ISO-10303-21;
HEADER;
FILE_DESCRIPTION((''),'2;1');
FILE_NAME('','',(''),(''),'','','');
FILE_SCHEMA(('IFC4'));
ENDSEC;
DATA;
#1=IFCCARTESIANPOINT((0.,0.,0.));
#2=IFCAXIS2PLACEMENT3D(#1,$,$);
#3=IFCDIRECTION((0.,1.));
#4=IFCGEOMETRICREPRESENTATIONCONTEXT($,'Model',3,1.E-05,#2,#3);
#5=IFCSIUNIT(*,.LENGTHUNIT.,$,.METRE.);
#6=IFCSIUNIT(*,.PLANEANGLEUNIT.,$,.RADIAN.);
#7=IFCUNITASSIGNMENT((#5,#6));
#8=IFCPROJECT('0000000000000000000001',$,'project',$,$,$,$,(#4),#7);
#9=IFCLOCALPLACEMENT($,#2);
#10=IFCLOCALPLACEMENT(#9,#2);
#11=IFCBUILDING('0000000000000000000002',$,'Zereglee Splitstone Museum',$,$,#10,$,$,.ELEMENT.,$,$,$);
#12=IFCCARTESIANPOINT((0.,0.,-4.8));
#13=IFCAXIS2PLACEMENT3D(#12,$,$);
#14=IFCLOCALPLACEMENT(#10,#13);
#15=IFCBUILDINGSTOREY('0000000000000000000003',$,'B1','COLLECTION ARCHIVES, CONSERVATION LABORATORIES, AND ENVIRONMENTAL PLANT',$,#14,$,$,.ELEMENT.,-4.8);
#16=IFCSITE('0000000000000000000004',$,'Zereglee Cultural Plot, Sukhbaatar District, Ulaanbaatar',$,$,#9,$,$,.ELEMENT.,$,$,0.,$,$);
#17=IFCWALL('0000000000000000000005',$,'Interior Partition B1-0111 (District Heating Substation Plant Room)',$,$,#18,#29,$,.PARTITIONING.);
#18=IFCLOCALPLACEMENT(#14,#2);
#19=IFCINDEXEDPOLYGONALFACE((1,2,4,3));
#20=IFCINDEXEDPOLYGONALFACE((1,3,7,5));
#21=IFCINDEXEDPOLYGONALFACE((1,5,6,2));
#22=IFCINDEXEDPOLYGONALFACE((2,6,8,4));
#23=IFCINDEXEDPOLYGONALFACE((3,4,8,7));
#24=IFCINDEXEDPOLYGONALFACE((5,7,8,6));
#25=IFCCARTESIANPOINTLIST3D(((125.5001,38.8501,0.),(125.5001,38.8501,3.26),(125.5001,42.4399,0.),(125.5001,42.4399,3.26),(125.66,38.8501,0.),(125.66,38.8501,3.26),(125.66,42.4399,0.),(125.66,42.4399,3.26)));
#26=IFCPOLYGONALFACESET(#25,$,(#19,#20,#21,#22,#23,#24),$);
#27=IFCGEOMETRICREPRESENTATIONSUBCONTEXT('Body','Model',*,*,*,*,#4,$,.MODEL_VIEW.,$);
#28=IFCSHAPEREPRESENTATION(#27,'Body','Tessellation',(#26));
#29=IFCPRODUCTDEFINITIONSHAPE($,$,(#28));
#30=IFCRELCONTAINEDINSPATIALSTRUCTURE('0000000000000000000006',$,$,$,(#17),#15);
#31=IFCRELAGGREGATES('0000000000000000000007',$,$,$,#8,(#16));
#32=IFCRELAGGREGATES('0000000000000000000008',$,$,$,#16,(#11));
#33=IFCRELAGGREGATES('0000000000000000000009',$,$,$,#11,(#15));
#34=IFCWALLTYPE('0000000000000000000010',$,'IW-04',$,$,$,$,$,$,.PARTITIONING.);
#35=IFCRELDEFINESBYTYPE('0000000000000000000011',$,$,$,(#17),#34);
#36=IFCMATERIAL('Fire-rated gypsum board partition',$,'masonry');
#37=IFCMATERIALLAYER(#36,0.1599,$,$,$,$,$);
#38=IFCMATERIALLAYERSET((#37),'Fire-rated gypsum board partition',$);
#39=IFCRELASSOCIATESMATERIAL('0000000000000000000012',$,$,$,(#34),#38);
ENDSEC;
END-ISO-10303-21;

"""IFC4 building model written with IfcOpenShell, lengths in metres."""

from ifc_helpers import new_model, si_unit, direction, frame, frame_2d, origin, place, context, subcontext, project, spatial, rectangle, extrude, material, layer, layer_set, type_object, element, save


model = new_model("IFC4")

# Units and contexts
model_context = context("Model", 3, precision=1e-05, world=origin(), true_north=direction((0.0, 1.0)))
body_context = subcontext(model_context, "Body", "Model", "MODEL_VIEW")
ifc_project = project(units=[si_unit("LENGTHUNIT", "METRE"), si_unit("PLANEANGLEUNIT", "RADIAN")], contexts=[model_context])

# Site, building, storey
site_placement = place(None, origin())
site = spatial("IfcSite", under=ifc_project, at=site_placement, Name="Zereglee Cultural Plot, Sukhbaatar District, Ulaanbaatar", CompositionType="ELEMENT", RefElevation=0.0)
building_placement = place(site_placement, origin())
building = spatial("IfcBuilding", under=site, at=building_placement, Name="Zereglee Splitstone Museum", CompositionType="ELEMENT")
storey_placement = place(building_placement, frame((0.0, 0.0, -4.8)))
storey = spatial("IfcBuildingStorey", under=building, at=storey_placement, Name="B1", Description="COLLECTION ARCHIVES, CONSERVATION LABORATORIES, AND ENVIRONMENTAL PLANT", CompositionType="ELEMENT", Elevation=-4.8)

# Wall
ifc_material_1 = material(Name="Fire-rated gypsum board partition", Category="masonry")
ifc_layer_1 = layer(ifc_material_1, 0.1599)
ifc_layer_set_1 = layer_set([ifc_layer_1], Name="Fire-rated gypsum board partition")
wall_type_1 = type_object("IfcWallType", Name="IW-04", PredefinedType="PARTITIONING", material=ifc_layer_set_1)
wall_1_placement = place(storey_placement, frame((125.5801, 38.8501, 0.0), z_axis=(0.0, 0.0, 1.0), x_axis=(0.0, 1.0, 0.0)))
element("IfcWall", 1, at=wall_1_placement, inside=storey, type_object=wall_type_1, Name="Interior Partition B1-0111 (District Heating Substation Plant Room)", PredefinedType="PARTITIONING", context=body_context, shape_type="SweptSolid", body=[
    extrude(rectangle(XDim=3.5898, YDim=0.1599, at=frame_2d((1.7949, 0.0))), origin(), (0.0, 0.0, 1.0), 3.26),
])

save(model, "model.ifc")
